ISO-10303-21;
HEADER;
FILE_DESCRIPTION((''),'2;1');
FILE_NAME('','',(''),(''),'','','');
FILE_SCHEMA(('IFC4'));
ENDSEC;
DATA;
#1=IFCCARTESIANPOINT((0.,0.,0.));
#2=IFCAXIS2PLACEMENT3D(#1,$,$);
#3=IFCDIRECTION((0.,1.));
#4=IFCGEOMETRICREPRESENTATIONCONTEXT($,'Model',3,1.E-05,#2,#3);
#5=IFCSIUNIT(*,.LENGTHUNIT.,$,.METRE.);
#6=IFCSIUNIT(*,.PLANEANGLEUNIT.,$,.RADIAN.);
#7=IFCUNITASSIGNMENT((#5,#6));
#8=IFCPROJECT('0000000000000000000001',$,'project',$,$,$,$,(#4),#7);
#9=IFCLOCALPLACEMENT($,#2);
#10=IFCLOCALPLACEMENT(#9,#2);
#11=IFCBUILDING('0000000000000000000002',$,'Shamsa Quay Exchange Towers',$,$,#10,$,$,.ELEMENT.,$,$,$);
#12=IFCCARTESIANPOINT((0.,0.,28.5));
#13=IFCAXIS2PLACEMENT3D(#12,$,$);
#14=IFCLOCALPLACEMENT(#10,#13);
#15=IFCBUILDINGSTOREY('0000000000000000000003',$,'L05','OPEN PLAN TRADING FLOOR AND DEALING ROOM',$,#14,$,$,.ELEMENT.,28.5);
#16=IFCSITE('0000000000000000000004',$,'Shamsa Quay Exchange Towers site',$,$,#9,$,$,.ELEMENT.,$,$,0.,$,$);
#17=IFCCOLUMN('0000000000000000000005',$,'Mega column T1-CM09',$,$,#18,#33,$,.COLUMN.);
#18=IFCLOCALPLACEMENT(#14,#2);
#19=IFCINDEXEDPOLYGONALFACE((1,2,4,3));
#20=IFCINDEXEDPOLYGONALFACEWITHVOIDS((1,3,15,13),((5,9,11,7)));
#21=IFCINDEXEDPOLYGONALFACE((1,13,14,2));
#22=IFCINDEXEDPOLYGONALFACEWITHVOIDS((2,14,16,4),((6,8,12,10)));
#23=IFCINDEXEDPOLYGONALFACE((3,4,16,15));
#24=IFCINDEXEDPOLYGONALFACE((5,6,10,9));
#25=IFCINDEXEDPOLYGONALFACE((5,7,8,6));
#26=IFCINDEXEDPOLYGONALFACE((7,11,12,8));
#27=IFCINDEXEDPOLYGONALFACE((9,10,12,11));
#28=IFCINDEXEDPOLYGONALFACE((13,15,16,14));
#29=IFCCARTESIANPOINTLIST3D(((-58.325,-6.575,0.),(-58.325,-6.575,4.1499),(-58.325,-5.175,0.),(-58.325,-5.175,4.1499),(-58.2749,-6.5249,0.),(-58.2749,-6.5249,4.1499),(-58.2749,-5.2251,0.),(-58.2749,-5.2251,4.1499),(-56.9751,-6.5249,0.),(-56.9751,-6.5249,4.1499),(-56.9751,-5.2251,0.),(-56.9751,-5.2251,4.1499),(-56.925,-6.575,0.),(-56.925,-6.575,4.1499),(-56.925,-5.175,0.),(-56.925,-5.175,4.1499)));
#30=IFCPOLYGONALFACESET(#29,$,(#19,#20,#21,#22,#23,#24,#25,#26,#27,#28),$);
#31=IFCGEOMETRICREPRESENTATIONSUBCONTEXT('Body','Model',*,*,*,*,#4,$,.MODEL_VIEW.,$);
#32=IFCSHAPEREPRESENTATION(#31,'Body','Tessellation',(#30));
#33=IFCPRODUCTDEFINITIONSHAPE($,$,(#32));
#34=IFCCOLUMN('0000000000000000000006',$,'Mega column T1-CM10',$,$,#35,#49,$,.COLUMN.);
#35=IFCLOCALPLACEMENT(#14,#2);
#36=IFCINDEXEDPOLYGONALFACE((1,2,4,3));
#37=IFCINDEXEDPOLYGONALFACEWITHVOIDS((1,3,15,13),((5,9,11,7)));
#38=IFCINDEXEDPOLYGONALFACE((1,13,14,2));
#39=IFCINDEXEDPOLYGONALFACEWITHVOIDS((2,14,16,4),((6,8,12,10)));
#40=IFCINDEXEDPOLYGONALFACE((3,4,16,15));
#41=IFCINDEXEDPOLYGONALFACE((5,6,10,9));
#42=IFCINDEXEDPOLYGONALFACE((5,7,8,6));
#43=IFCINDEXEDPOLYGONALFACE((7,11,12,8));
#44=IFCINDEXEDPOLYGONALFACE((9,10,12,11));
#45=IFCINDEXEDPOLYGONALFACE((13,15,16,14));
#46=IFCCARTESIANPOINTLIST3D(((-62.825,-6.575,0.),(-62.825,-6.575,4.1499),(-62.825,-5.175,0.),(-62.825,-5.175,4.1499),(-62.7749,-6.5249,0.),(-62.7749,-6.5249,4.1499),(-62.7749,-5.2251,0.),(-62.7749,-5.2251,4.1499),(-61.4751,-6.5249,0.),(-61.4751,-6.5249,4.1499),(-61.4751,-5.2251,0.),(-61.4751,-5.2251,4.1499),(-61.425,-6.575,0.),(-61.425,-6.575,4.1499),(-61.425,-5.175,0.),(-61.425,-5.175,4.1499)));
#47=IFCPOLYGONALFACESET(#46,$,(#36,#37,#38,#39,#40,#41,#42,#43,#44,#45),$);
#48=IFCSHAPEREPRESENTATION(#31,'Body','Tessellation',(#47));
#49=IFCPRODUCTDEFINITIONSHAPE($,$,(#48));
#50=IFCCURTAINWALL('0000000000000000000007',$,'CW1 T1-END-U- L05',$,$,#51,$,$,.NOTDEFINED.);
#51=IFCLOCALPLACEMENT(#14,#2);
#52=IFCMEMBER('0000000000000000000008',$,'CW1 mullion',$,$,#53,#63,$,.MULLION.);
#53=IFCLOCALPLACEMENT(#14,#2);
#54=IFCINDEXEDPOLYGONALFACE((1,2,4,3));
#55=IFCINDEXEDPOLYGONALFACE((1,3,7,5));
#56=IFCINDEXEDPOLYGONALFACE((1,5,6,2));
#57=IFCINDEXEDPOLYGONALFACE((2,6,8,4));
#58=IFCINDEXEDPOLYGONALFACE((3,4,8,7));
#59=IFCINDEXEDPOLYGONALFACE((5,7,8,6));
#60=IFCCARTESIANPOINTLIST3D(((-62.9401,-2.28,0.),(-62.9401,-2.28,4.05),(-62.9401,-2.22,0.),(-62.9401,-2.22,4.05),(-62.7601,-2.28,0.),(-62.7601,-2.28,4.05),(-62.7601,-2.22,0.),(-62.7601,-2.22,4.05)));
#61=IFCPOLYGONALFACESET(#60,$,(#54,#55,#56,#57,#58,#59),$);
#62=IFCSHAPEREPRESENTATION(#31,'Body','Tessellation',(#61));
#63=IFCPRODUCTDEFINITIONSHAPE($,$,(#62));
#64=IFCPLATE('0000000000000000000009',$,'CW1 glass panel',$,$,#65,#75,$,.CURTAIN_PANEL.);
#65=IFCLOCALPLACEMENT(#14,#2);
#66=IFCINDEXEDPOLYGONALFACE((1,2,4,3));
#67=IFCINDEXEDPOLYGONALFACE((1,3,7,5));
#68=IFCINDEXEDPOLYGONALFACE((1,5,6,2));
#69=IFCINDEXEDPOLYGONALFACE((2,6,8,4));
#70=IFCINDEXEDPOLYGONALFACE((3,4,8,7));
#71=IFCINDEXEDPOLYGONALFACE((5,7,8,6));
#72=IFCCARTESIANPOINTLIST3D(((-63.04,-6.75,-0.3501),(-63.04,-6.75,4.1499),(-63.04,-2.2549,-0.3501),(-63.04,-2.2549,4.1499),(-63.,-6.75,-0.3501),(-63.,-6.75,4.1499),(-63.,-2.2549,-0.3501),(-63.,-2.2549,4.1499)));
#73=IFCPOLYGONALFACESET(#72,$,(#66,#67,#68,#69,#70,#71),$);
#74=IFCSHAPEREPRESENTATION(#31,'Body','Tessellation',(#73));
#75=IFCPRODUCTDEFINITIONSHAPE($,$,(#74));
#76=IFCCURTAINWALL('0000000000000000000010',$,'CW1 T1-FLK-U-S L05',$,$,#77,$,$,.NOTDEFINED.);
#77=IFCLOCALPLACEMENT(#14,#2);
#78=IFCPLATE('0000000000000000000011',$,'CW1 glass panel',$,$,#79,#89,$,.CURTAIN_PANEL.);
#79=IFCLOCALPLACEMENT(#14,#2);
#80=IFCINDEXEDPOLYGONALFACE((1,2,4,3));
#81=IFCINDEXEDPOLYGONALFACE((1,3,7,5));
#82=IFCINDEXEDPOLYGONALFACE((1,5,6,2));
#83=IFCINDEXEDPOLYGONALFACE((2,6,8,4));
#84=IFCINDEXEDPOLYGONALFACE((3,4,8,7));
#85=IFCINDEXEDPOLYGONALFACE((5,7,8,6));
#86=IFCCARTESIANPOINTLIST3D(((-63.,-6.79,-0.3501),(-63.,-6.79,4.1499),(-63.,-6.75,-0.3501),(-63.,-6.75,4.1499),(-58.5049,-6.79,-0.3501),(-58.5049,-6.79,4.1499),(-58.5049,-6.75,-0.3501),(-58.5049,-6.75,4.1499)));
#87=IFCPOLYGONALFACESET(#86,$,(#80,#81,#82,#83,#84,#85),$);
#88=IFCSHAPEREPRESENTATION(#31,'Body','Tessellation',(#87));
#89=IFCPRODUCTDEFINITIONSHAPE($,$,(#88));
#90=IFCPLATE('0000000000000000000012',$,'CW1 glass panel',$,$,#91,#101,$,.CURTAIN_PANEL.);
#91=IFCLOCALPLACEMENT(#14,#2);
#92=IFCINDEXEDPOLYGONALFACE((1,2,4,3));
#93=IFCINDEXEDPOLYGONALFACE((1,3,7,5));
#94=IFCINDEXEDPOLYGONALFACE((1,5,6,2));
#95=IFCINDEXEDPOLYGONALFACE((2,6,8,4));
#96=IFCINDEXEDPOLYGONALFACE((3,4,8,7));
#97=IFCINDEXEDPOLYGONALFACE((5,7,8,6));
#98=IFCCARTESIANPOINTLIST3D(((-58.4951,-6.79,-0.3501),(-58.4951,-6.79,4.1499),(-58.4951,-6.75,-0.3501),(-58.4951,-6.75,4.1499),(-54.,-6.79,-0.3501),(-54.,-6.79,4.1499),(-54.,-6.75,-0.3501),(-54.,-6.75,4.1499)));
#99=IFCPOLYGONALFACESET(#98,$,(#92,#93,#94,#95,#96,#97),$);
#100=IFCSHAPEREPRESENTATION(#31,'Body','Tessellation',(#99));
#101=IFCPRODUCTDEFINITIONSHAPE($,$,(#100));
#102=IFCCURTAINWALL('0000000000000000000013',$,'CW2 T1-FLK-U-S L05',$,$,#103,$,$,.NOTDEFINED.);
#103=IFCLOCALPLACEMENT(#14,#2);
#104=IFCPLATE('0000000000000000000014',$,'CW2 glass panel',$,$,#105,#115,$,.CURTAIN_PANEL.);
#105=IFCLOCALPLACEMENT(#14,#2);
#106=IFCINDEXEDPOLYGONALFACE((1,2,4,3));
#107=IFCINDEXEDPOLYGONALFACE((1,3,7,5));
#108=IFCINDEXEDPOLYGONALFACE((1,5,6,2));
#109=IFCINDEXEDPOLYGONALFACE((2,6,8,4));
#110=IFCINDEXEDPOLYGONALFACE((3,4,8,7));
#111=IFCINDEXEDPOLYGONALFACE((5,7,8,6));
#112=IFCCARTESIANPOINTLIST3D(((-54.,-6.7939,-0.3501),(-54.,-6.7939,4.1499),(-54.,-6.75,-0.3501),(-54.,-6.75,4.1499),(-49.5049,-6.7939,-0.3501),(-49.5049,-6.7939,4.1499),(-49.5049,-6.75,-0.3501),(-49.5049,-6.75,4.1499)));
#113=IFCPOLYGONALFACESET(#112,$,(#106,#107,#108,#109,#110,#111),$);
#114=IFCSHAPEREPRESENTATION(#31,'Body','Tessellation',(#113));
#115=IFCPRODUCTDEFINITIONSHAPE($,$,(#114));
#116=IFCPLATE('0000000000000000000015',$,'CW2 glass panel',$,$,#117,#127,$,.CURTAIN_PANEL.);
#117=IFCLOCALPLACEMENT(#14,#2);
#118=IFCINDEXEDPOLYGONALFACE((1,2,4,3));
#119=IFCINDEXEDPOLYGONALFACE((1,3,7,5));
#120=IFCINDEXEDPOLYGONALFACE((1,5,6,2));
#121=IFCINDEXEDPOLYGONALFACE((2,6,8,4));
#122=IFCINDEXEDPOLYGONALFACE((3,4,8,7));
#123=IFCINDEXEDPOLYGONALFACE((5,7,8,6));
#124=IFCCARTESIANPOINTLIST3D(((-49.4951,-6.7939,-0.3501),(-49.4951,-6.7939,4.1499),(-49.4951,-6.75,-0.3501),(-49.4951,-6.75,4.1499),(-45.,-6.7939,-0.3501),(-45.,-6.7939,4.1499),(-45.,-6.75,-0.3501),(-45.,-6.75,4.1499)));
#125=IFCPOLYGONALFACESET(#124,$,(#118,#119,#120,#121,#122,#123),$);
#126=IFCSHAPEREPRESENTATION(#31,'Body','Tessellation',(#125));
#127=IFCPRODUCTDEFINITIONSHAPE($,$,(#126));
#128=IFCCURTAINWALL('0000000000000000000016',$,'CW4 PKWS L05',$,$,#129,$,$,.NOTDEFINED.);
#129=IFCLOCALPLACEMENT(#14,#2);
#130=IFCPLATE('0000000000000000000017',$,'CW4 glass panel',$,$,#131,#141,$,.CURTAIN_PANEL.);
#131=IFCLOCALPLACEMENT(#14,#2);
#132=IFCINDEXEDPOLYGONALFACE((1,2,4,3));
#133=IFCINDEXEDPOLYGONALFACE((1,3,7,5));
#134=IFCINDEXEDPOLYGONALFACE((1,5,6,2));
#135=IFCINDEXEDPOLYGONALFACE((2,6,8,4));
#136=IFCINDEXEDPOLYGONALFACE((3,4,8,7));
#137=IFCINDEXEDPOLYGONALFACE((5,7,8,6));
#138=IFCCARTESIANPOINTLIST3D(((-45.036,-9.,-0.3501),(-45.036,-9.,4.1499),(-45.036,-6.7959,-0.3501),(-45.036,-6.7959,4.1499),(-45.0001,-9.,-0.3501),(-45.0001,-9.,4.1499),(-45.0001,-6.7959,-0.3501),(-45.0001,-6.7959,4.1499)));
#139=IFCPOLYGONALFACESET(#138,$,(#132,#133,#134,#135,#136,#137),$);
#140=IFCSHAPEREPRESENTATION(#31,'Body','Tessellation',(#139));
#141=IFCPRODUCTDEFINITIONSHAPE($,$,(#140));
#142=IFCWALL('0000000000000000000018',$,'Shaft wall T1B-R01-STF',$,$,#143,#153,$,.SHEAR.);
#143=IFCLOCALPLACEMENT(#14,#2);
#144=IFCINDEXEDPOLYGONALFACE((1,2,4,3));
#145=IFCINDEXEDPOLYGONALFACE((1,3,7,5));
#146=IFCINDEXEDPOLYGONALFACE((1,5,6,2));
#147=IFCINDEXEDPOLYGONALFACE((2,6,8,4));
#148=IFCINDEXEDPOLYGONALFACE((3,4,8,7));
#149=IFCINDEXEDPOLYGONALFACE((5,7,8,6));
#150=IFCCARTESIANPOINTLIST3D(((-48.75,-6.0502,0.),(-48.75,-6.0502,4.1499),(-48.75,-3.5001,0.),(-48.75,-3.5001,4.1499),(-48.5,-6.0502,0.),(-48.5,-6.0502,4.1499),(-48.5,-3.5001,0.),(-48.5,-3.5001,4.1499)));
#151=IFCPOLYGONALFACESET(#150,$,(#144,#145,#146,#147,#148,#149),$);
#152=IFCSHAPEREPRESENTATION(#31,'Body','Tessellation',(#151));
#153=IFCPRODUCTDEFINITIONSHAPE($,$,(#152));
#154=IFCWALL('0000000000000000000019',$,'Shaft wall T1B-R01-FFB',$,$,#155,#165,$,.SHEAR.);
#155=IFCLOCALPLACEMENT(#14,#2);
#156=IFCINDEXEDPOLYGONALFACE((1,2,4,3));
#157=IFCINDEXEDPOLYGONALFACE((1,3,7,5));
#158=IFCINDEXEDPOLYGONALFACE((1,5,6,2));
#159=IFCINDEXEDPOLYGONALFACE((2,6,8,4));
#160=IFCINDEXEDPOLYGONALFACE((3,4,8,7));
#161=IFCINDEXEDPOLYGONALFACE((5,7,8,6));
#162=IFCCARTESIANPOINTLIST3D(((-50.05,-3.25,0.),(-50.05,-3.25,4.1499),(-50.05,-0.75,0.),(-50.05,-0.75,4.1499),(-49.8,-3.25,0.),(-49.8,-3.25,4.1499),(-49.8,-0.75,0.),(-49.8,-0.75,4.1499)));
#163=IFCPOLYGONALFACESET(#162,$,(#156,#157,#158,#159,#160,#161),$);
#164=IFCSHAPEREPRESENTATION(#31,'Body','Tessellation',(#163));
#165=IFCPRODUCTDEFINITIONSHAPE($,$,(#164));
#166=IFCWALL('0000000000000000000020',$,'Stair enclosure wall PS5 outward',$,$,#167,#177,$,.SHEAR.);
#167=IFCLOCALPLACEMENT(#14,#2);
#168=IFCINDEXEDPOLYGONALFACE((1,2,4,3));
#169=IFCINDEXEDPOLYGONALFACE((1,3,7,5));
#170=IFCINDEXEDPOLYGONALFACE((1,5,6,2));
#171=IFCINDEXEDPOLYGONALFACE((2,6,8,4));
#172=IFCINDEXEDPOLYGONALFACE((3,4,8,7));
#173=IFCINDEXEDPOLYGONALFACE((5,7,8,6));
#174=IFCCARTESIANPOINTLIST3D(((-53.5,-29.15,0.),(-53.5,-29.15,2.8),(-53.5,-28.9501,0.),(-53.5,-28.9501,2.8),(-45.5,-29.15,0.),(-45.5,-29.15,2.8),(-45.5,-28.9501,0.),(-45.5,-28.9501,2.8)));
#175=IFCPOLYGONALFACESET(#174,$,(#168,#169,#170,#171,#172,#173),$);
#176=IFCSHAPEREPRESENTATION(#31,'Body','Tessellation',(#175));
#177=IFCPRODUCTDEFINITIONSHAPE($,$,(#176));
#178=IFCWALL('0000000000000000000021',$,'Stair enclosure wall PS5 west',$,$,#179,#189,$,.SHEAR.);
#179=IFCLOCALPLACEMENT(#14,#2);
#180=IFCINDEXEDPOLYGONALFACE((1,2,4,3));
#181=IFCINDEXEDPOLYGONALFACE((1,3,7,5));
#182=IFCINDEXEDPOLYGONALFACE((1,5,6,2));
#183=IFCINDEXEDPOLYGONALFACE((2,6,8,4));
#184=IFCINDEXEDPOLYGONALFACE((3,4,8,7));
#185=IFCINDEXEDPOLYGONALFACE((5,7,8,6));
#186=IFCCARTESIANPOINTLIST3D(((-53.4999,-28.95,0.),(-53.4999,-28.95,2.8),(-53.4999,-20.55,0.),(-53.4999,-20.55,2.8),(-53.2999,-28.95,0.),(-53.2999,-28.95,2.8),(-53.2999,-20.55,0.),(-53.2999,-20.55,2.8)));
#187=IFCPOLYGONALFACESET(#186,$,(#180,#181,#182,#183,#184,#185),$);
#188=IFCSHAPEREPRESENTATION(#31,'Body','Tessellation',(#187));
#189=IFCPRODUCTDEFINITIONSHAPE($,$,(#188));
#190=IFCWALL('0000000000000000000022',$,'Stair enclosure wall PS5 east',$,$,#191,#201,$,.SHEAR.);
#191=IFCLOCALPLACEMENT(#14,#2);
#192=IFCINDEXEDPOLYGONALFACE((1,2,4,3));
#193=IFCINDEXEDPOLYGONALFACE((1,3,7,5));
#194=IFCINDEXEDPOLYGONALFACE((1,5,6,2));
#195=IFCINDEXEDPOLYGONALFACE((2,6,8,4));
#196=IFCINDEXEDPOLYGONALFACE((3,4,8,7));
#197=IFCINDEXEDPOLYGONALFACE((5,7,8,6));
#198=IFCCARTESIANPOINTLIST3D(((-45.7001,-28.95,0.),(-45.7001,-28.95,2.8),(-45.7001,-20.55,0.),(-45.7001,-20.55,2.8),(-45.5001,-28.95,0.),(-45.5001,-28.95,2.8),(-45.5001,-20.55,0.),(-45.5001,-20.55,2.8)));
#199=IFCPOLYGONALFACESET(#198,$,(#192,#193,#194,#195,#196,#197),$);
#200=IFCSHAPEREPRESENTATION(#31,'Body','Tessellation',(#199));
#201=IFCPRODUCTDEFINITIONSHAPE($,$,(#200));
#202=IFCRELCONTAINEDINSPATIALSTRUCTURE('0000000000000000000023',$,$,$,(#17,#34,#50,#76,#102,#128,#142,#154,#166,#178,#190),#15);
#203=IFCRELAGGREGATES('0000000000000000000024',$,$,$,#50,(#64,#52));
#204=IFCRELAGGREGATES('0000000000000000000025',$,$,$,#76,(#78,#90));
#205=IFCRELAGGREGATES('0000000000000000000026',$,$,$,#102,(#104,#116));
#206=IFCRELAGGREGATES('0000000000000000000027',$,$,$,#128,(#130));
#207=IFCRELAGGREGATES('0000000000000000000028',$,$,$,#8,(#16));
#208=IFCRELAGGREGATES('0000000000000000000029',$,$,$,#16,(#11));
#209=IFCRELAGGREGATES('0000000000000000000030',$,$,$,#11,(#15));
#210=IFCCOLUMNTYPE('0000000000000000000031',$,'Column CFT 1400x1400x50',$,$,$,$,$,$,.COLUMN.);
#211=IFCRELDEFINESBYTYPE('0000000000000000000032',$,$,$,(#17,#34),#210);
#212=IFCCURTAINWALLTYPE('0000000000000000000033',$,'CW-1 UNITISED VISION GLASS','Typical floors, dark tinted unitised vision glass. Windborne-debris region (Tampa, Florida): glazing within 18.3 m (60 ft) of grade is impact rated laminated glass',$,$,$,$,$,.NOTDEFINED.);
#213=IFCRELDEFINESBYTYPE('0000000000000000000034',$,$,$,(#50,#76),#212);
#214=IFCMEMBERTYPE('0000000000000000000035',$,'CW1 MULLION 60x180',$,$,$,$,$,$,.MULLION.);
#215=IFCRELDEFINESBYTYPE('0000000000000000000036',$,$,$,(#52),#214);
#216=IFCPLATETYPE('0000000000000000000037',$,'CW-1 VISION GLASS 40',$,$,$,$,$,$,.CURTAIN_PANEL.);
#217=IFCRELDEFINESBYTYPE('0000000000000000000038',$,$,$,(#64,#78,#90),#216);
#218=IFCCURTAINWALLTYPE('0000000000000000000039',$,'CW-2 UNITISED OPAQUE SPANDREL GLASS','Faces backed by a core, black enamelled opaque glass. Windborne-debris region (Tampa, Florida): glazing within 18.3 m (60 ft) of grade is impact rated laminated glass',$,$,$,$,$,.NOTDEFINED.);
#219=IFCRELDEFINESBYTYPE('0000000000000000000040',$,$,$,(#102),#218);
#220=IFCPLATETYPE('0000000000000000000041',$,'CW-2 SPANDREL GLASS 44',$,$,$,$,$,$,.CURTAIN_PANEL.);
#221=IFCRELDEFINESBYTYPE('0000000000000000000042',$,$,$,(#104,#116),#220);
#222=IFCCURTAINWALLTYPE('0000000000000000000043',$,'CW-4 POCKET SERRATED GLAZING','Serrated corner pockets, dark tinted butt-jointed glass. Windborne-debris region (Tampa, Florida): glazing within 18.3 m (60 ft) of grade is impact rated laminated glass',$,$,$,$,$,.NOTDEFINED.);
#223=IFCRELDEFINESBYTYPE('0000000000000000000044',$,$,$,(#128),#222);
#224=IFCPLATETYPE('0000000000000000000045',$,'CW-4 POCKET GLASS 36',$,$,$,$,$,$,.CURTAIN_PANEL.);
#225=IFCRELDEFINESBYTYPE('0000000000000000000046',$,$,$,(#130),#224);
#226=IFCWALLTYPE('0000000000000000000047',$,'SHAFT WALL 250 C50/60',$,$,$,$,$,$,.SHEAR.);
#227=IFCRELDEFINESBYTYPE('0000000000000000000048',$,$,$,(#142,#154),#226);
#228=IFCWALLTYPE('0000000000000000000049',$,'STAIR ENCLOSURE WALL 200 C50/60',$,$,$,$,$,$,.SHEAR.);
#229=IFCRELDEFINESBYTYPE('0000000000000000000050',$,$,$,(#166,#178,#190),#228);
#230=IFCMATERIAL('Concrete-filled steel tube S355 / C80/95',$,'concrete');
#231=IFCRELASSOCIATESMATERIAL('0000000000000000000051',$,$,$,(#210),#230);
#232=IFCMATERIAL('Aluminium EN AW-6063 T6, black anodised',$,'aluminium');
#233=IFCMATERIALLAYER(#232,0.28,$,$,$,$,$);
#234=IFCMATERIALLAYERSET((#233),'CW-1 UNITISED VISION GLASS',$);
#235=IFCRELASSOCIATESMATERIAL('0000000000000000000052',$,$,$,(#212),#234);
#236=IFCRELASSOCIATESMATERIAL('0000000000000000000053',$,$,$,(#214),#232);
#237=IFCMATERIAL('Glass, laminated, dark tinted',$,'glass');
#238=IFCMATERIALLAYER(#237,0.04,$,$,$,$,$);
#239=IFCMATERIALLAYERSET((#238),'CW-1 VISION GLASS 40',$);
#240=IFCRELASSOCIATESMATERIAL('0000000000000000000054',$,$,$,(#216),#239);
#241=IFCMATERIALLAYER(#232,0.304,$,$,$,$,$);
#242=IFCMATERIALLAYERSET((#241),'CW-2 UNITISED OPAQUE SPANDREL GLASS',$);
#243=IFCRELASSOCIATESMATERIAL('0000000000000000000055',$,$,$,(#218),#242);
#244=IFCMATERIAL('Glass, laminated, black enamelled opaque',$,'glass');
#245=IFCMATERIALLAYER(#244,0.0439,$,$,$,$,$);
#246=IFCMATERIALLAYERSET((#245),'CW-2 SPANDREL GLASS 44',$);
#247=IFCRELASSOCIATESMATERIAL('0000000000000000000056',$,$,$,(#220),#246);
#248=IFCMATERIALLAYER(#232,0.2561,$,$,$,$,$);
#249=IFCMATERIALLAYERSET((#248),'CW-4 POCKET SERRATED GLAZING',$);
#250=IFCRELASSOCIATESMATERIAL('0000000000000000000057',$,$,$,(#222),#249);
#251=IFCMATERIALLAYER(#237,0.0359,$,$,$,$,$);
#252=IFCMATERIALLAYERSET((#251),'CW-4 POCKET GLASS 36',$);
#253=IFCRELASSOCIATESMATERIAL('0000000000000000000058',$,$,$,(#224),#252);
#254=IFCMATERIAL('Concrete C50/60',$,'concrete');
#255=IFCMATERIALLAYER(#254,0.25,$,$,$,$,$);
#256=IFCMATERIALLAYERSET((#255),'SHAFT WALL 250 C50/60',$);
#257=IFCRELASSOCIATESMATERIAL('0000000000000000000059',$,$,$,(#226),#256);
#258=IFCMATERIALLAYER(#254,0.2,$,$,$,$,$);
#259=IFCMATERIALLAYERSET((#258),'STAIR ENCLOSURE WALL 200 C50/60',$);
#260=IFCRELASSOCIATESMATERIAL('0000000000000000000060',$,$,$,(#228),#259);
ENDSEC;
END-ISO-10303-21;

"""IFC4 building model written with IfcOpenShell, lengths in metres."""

from ifc_helpers import new_model, si_unit, direction, frame, frame_2d, origin, origin_2d, place, context, subcontext, project, spatial, rectangle, hollow_rectangle, extrude, material, layer, layer_set, material_profile, profile_set, type_object, element, aggregate, save


model = new_model("IFC4")

# Units and contexts
model_context = context("Model", 3, precision=1e-05, world=origin(), true_north=direction((0.0, 1.0)))
body_context = subcontext(model_context, "Body", "Model", "MODEL_VIEW")
ifc_project = project(units=[si_unit("LENGTHUNIT", "METRE"), si_unit("PLANEANGLEUNIT", "RADIAN")], contexts=[model_context])

# Site, building, storey
site_placement = place(None, origin())
site = spatial("IfcSite", under=ifc_project, at=site_placement, Name="Shamsa Quay Exchange Towers site", CompositionType="ELEMENT", RefElevation=0.0)
building_placement = place(site_placement, origin())
building = spatial("IfcBuilding", under=site, at=building_placement, Name="Shamsa Quay Exchange Towers", CompositionType="ELEMENT")
storey_placement = place(building_placement, frame((0.0, 0.0, 28.5)))
storey = spatial("IfcBuildingStorey", under=building, at=storey_placement, Name="L05", Description="OPEN PLAN TRADING FLOOR AND DEALING ROOM", CompositionType="ELEMENT", Elevation=28.5)

# Columns
ifc_material_1 = material(Name="Concrete-filled steel tube S355 / C80/95", Category="concrete")
ifc_material_profile_1 = material_profile(ifc_material_1, hollow_rectangle(XDim=1.3999, YDim=1.3999, WallThickness=0.05, at=origin_2d()), Name="CFT 1400x1400x50")
ifc_profile_set_1 = profile_set([ifc_material_profile_1], Name="Concrete-filled steel tube S355 / C80/95")
column_type = type_object("IfcColumnType", Name="Column CFT 1400x1400x50", PredefinedType="COLUMN", material=ifc_profile_set_1)
for number, where, name in (
    (1, (-57.625, -5.875, 0.0), "Mega column T1-CM09"),
    (2, (-62.125, -5.875, 0.0), "Mega column T1-CM10"),
):
    element("IfcColumn", number, at=place(storey_placement, frame(where)), inside=storey, type_object=column_type, Name=name, PredefinedType="COLUMN", context=body_context, shape_type="SweptSolid", body=[
        extrude(hollow_rectangle(XDim=1.3999, YDim=1.3999, WallThickness=0.05, at=origin_2d()), origin(), (0.0, 0.0, 1.0), 4.1499),
    ])

# Curtain wall, member, plate
ifc_material_2 = material(Name="Aluminium EN AW-6063 T6, black anodised", Category="aluminium")
ifc_layer_1 = layer(ifc_material_2, 0.28)
ifc_layer_set_1 = layer_set([ifc_layer_1], Name="CW-1 UNITISED VISION GLASS")
curtain_wall_type_1 = type_object("IfcCurtainWallType", Name="CW-1 UNITISED VISION GLASS", Description="Typical floors, dark tinted unitised vision glass. Windborne-debris region (Tampa, Florida): glazing within 18.3 m (60 ft) of grade is impact rated laminated glass", PredefinedType="NOTDEFINED", material=ifc_layer_set_1)
curtain_wall_1_placement = place(storey_placement, origin())
curtain_wall_1 = element("IfcCurtainWall", 3, at=curtain_wall_1_placement, inside=storey, type_object=curtain_wall_type_1, Name="CW1 T1-END-U- L05", PredefinedType="NOTDEFINED")
ifc_material_profile_2 = material_profile(ifc_material_2, rectangle(XDim=0.1799, YDim=0.0601, at=origin_2d()), Name="MU60x180")
ifc_profile_set_2 = profile_set([ifc_material_profile_2], Name="Aluminium EN AW-6063 T6, black anodised")
member_type = type_object("IfcMemberType", Name="CW1 MULLION 60x180", PredefinedType="MULLION", material=ifc_profile_set_2)
member_placement = place(storey_placement, frame((-62.8501, -2.25, 0.0)))
member = element("IfcMember", 4, at=member_placement, type_object=member_type, Name="CW1 mullion", PredefinedType="MULLION", context=body_context, shape_type="SweptSolid", body=[
    extrude(rectangle(XDim=0.1799, YDim=0.0601, at=origin_2d()), origin(), (0.0, 0.0, 1.0), 4.05),
])
ifc_material_3 = material(Name="Glass, laminated, dark tinted", Category="glass")
ifc_layer_2 = layer(ifc_material_3, 0.04)
ifc_layer_set_2 = layer_set([ifc_layer_2], Name="CW-1 VISION GLASS 40")
plate_type_1 = type_object("IfcPlateType", Name="CW-1 VISION GLASS 40", PredefinedType="CURTAIN_PANEL", material=ifc_layer_set_2)
plate_1_placement = place(storey_placement, frame((-63.02, -4.5024, -0.3501), z_axis=(0.0, 0.0, 1.0), x_axis=(0.0, -1.0, 0.0)))
plate_1 = element("IfcPlate", 5, at=plate_1_placement, type_object=plate_type_1, Name="CW1 glass panel", PredefinedType="CURTAIN_PANEL", context=body_context, shape_type="SweptSolid", body=[
    extrude(rectangle(XDim=4.4951, YDim=0.04, at=origin_2d()), origin(), (0.0, 0.0, 1.0), 4.5),
])
aggregate(curtain_wall_1, [plate_1, member])

# Curtain walls, plates
curtain_wall_2_placement = place(storey_placement, origin())
curtain_wall_2 = element("IfcCurtainWall", 6, at=curtain_wall_2_placement, inside=storey, type_object=curtain_wall_type_1, Name="CW1 T1-FLK-U-S L05", PredefinedType="NOTDEFINED")
plate_2_placement = place(storey_placement, frame((-60.7524, -6.77, -0.3501)))
plate_2 = element("IfcPlate", 7, at=plate_2_placement, type_object=plate_type_1, Name="CW1 glass panel", PredefinedType="CURTAIN_PANEL", context=body_context, shape_type="SweptSolid", body=[
    extrude(rectangle(XDim=4.4951, YDim=0.04, at=origin_2d()), origin(), (0.0, 0.0, 1.0), 4.5),
])
plate_3_placement = place(storey_placement, frame((-56.2476, -6.77, -0.3501)))
plate_3 = element("IfcPlate", 8, at=plate_3_placement, type_object=plate_type_1, Name="CW1 glass panel", PredefinedType="CURTAIN_PANEL", context=body_context, shape_type="SweptSolid", body=[
    extrude(rectangle(XDim=4.4951, YDim=0.04, at=origin_2d()), origin(), (0.0, 0.0, 1.0), 4.5),
])
aggregate(curtain_wall_2, [plate_2, plate_3])
ifc_layer_3 = layer(ifc_material_2, 0.304)
ifc_layer_set_3 = layer_set([ifc_layer_3], Name="CW-2 UNITISED OPAQUE SPANDREL GLASS")
curtain_wall_type_2 = type_object("IfcCurtainWallType", Name="CW-2 UNITISED OPAQUE SPANDREL GLASS", Description="Faces backed by a core, black enamelled opaque glass. Windborne-debris region (Tampa, Florida): glazing within 18.3 m (60 ft) of grade is impact rated laminated glass", PredefinedType="NOTDEFINED", material=ifc_layer_set_3)
curtain_wall_3_placement = place(storey_placement, origin())
curtain_wall_3 = element("IfcCurtainWall", 9, at=curtain_wall_3_placement, inside=storey, type_object=curtain_wall_type_2, Name="CW2 T1-FLK-U-S L05", PredefinedType="NOTDEFINED")
ifc_material_4 = material(Name="Glass, laminated, black enamelled opaque", Category="glass")
ifc_layer_4 = layer(ifc_material_4, 0.0439)
ifc_layer_set_4 = layer_set([ifc_layer_4], Name="CW-2 SPANDREL GLASS 44")
plate_type_2 = type_object("IfcPlateType", Name="CW-2 SPANDREL GLASS 44", PredefinedType="CURTAIN_PANEL", material=ifc_layer_set_4)
plate_4_placement = place(storey_placement, frame((-51.7524, -6.772, -0.3501)))
plate_4 = element("IfcPlate", 10, at=plate_4_placement, type_object=plate_type_2, Name="CW2 glass panel", PredefinedType="CURTAIN_PANEL", context=body_context, shape_type="SweptSolid", body=[
    extrude(rectangle(XDim=4.4951, YDim=0.0439, at=origin_2d()), origin(), (0.0, 0.0, 1.0), 4.5),
])
plate_5_placement = place(storey_placement, frame((-47.2476, -6.772, -0.3501)))
plate_5 = element("IfcPlate", 11, at=plate_5_placement, type_object=plate_type_2, Name="CW2 glass panel", PredefinedType="CURTAIN_PANEL", context=body_context, shape_type="SweptSolid", body=[
    extrude(rectangle(XDim=4.4951, YDim=0.0439, at=origin_2d()), origin(), (0.0, 0.0, 1.0), 4.5),
])
aggregate(curtain_wall_3, [plate_4, plate_5])

# Curtain wall, plate
ifc_layer_5 = layer(ifc_material_2, 0.2561)
ifc_layer_set_5 = layer_set([ifc_layer_5], Name="CW-4 POCKET SERRATED GLAZING")
curtain_wall_type_3 = type_object("IfcCurtainWallType", Name="CW-4 POCKET SERRATED GLAZING", Description="Serrated corner pockets, dark tinted butt-jointed glass. Windborne-debris region (Tampa, Florida): glazing within 18.3 m (60 ft) of grade is impact rated laminated glass", PredefinedType="NOTDEFINED", material=ifc_layer_set_5)
curtain_wall_4_placement = place(storey_placement, origin())
curtain_wall_4 = element("IfcCurtainWall", 12, at=curtain_wall_4_placement, inside=storey, type_object=curtain_wall_type_3, Name="CW4 PKWS L05", PredefinedType="NOTDEFINED")
ifc_layer_6 = layer(ifc_material_3, 0.0359)
ifc_layer_set_6 = layer_set([ifc_layer_6], Name="CW-4 POCKET GLASS 36")
plate_type_3 = type_object("IfcPlateType", Name="CW-4 POCKET GLASS 36", PredefinedType="CURTAIN_PANEL", material=ifc_layer_set_6)
plate_6_placement = place(storey_placement, frame((-45.0181, -7.8979, -0.3501), z_axis=(0.0, 0.0, 1.0), x_axis=(0.0, -1.0, 0.0)))
plate_6 = element("IfcPlate", 13, at=plate_6_placement, type_object=plate_type_3, Name="CW4 glass panel", PredefinedType="CURTAIN_PANEL", context=body_context, shape_type="SweptSolid", body=[
    extrude(rectangle(XDim=2.2041, YDim=0.0359, at=origin_2d()), origin(), (0.0, 0.0, 1.0), 4.5),
])
aggregate(curtain_wall_4, [plate_6])

# Wall
ifc_material_5 = material(Name="Concrete C50/60", Category="concrete")
ifc_layer_7 = layer(ifc_material_5, 0.25)
ifc_layer_set_7 = layer_set([ifc_layer_7], Name="SHAFT WALL 250 C50/60")
wall_type_1 = type_object("IfcWallType", Name="SHAFT WALL 250 C50/60", PredefinedType="SHEAR", material=ifc_layer_set_7)
wall_1_placement = place(storey_placement, frame((-48.625, -6.05, 0.0), z_axis=(0.0, 0.0, 1.0), x_axis=(0.0, 1.0, 0.0)))
element("IfcWall", 14, at=wall_1_placement, inside=storey, type_object=wall_type_1, Name="Shaft wall T1B-R01-STF", PredefinedType="SHEAR", context=body_context, shape_type="SweptSolid", body=[
    extrude(rectangle(XDim=2.55, YDim=0.25, at=frame_2d((1.2749, 0.0))), origin(), (0.0, 0.0, 1.0), 4.1499),
])

# Wall
wall_2_placement = place(storey_placement, frame((-49.925, -3.25, 0.0), z_axis=(0.0, 0.0, 1.0), x_axis=(0.0, 1.0, 0.0)))
element("IfcWall", 15, at=wall_2_placement, inside=storey, type_object=wall_type_1, Name="Shaft wall T1B-R01-FFB", PredefinedType="SHEAR", context=body_context, shape_type="SweptSolid", body=[
    extrude(rectangle(XDim=2.5, YDim=0.25, at=frame_2d((1.25, 0.0))), origin(), (0.0, 0.0, 1.0), 4.1499),
])

# Shared definitions
ifc_layer_8 = layer(ifc_material_5, 0.2)
ifc_layer_set_8 = layer_set([ifc_layer_8], Name="STAIR ENCLOSURE WALL 200 C50/60")
wall_type_2 = type_object("IfcWallType", Name="STAIR ENCLOSURE WALL 200 C50/60", PredefinedType="SHEAR", material=ifc_layer_set_8)

# Walls
wall_3_placement = place(storey_placement, frame((-53.5, -29.05, 0.0)))
element("IfcWall", 16, at=wall_3_placement, inside=storey, type_object=wall_type_2, Name="Stair enclosure wall PS5 outward", PredefinedType="SHEAR", context=body_context, shape_type="SweptSolid", body=[
    extrude(rectangle(XDim=8.0, YDim=0.2, at=frame_2d((4.0, 0.0))), origin(), (0.0, 0.0, 1.0), 2.8),
])
for number, where, z_axis, x_axis, name in (
    (17, (-53.3999, -28.95, 0.0), (0.0, 0.0, 1.0), (0.0, 1.0, 0.0), "Stair enclosure wall PS5 west"),
    (18, (-45.6001, -28.95, 0.0), (0.0, 0.0, 1.0), (0.0, 1.0, 0.0), "Stair enclosure wall PS5 east"),
):
    element("IfcWall", number, at=place(storey_placement, frame(where, z_axis=z_axis, x_axis=x_axis)), inside=storey, type_object=wall_type_2, Name=name, PredefinedType="SHEAR", context=body_context, shape_type="SweptSolid", body=[
        extrude(rectangle(XDim=8.3999, YDim=0.2, at=frame_2d((4.2, 0.0))), origin(), (0.0, 0.0, 1.0), 2.8),
    ])

save(model, "model.ifc")
